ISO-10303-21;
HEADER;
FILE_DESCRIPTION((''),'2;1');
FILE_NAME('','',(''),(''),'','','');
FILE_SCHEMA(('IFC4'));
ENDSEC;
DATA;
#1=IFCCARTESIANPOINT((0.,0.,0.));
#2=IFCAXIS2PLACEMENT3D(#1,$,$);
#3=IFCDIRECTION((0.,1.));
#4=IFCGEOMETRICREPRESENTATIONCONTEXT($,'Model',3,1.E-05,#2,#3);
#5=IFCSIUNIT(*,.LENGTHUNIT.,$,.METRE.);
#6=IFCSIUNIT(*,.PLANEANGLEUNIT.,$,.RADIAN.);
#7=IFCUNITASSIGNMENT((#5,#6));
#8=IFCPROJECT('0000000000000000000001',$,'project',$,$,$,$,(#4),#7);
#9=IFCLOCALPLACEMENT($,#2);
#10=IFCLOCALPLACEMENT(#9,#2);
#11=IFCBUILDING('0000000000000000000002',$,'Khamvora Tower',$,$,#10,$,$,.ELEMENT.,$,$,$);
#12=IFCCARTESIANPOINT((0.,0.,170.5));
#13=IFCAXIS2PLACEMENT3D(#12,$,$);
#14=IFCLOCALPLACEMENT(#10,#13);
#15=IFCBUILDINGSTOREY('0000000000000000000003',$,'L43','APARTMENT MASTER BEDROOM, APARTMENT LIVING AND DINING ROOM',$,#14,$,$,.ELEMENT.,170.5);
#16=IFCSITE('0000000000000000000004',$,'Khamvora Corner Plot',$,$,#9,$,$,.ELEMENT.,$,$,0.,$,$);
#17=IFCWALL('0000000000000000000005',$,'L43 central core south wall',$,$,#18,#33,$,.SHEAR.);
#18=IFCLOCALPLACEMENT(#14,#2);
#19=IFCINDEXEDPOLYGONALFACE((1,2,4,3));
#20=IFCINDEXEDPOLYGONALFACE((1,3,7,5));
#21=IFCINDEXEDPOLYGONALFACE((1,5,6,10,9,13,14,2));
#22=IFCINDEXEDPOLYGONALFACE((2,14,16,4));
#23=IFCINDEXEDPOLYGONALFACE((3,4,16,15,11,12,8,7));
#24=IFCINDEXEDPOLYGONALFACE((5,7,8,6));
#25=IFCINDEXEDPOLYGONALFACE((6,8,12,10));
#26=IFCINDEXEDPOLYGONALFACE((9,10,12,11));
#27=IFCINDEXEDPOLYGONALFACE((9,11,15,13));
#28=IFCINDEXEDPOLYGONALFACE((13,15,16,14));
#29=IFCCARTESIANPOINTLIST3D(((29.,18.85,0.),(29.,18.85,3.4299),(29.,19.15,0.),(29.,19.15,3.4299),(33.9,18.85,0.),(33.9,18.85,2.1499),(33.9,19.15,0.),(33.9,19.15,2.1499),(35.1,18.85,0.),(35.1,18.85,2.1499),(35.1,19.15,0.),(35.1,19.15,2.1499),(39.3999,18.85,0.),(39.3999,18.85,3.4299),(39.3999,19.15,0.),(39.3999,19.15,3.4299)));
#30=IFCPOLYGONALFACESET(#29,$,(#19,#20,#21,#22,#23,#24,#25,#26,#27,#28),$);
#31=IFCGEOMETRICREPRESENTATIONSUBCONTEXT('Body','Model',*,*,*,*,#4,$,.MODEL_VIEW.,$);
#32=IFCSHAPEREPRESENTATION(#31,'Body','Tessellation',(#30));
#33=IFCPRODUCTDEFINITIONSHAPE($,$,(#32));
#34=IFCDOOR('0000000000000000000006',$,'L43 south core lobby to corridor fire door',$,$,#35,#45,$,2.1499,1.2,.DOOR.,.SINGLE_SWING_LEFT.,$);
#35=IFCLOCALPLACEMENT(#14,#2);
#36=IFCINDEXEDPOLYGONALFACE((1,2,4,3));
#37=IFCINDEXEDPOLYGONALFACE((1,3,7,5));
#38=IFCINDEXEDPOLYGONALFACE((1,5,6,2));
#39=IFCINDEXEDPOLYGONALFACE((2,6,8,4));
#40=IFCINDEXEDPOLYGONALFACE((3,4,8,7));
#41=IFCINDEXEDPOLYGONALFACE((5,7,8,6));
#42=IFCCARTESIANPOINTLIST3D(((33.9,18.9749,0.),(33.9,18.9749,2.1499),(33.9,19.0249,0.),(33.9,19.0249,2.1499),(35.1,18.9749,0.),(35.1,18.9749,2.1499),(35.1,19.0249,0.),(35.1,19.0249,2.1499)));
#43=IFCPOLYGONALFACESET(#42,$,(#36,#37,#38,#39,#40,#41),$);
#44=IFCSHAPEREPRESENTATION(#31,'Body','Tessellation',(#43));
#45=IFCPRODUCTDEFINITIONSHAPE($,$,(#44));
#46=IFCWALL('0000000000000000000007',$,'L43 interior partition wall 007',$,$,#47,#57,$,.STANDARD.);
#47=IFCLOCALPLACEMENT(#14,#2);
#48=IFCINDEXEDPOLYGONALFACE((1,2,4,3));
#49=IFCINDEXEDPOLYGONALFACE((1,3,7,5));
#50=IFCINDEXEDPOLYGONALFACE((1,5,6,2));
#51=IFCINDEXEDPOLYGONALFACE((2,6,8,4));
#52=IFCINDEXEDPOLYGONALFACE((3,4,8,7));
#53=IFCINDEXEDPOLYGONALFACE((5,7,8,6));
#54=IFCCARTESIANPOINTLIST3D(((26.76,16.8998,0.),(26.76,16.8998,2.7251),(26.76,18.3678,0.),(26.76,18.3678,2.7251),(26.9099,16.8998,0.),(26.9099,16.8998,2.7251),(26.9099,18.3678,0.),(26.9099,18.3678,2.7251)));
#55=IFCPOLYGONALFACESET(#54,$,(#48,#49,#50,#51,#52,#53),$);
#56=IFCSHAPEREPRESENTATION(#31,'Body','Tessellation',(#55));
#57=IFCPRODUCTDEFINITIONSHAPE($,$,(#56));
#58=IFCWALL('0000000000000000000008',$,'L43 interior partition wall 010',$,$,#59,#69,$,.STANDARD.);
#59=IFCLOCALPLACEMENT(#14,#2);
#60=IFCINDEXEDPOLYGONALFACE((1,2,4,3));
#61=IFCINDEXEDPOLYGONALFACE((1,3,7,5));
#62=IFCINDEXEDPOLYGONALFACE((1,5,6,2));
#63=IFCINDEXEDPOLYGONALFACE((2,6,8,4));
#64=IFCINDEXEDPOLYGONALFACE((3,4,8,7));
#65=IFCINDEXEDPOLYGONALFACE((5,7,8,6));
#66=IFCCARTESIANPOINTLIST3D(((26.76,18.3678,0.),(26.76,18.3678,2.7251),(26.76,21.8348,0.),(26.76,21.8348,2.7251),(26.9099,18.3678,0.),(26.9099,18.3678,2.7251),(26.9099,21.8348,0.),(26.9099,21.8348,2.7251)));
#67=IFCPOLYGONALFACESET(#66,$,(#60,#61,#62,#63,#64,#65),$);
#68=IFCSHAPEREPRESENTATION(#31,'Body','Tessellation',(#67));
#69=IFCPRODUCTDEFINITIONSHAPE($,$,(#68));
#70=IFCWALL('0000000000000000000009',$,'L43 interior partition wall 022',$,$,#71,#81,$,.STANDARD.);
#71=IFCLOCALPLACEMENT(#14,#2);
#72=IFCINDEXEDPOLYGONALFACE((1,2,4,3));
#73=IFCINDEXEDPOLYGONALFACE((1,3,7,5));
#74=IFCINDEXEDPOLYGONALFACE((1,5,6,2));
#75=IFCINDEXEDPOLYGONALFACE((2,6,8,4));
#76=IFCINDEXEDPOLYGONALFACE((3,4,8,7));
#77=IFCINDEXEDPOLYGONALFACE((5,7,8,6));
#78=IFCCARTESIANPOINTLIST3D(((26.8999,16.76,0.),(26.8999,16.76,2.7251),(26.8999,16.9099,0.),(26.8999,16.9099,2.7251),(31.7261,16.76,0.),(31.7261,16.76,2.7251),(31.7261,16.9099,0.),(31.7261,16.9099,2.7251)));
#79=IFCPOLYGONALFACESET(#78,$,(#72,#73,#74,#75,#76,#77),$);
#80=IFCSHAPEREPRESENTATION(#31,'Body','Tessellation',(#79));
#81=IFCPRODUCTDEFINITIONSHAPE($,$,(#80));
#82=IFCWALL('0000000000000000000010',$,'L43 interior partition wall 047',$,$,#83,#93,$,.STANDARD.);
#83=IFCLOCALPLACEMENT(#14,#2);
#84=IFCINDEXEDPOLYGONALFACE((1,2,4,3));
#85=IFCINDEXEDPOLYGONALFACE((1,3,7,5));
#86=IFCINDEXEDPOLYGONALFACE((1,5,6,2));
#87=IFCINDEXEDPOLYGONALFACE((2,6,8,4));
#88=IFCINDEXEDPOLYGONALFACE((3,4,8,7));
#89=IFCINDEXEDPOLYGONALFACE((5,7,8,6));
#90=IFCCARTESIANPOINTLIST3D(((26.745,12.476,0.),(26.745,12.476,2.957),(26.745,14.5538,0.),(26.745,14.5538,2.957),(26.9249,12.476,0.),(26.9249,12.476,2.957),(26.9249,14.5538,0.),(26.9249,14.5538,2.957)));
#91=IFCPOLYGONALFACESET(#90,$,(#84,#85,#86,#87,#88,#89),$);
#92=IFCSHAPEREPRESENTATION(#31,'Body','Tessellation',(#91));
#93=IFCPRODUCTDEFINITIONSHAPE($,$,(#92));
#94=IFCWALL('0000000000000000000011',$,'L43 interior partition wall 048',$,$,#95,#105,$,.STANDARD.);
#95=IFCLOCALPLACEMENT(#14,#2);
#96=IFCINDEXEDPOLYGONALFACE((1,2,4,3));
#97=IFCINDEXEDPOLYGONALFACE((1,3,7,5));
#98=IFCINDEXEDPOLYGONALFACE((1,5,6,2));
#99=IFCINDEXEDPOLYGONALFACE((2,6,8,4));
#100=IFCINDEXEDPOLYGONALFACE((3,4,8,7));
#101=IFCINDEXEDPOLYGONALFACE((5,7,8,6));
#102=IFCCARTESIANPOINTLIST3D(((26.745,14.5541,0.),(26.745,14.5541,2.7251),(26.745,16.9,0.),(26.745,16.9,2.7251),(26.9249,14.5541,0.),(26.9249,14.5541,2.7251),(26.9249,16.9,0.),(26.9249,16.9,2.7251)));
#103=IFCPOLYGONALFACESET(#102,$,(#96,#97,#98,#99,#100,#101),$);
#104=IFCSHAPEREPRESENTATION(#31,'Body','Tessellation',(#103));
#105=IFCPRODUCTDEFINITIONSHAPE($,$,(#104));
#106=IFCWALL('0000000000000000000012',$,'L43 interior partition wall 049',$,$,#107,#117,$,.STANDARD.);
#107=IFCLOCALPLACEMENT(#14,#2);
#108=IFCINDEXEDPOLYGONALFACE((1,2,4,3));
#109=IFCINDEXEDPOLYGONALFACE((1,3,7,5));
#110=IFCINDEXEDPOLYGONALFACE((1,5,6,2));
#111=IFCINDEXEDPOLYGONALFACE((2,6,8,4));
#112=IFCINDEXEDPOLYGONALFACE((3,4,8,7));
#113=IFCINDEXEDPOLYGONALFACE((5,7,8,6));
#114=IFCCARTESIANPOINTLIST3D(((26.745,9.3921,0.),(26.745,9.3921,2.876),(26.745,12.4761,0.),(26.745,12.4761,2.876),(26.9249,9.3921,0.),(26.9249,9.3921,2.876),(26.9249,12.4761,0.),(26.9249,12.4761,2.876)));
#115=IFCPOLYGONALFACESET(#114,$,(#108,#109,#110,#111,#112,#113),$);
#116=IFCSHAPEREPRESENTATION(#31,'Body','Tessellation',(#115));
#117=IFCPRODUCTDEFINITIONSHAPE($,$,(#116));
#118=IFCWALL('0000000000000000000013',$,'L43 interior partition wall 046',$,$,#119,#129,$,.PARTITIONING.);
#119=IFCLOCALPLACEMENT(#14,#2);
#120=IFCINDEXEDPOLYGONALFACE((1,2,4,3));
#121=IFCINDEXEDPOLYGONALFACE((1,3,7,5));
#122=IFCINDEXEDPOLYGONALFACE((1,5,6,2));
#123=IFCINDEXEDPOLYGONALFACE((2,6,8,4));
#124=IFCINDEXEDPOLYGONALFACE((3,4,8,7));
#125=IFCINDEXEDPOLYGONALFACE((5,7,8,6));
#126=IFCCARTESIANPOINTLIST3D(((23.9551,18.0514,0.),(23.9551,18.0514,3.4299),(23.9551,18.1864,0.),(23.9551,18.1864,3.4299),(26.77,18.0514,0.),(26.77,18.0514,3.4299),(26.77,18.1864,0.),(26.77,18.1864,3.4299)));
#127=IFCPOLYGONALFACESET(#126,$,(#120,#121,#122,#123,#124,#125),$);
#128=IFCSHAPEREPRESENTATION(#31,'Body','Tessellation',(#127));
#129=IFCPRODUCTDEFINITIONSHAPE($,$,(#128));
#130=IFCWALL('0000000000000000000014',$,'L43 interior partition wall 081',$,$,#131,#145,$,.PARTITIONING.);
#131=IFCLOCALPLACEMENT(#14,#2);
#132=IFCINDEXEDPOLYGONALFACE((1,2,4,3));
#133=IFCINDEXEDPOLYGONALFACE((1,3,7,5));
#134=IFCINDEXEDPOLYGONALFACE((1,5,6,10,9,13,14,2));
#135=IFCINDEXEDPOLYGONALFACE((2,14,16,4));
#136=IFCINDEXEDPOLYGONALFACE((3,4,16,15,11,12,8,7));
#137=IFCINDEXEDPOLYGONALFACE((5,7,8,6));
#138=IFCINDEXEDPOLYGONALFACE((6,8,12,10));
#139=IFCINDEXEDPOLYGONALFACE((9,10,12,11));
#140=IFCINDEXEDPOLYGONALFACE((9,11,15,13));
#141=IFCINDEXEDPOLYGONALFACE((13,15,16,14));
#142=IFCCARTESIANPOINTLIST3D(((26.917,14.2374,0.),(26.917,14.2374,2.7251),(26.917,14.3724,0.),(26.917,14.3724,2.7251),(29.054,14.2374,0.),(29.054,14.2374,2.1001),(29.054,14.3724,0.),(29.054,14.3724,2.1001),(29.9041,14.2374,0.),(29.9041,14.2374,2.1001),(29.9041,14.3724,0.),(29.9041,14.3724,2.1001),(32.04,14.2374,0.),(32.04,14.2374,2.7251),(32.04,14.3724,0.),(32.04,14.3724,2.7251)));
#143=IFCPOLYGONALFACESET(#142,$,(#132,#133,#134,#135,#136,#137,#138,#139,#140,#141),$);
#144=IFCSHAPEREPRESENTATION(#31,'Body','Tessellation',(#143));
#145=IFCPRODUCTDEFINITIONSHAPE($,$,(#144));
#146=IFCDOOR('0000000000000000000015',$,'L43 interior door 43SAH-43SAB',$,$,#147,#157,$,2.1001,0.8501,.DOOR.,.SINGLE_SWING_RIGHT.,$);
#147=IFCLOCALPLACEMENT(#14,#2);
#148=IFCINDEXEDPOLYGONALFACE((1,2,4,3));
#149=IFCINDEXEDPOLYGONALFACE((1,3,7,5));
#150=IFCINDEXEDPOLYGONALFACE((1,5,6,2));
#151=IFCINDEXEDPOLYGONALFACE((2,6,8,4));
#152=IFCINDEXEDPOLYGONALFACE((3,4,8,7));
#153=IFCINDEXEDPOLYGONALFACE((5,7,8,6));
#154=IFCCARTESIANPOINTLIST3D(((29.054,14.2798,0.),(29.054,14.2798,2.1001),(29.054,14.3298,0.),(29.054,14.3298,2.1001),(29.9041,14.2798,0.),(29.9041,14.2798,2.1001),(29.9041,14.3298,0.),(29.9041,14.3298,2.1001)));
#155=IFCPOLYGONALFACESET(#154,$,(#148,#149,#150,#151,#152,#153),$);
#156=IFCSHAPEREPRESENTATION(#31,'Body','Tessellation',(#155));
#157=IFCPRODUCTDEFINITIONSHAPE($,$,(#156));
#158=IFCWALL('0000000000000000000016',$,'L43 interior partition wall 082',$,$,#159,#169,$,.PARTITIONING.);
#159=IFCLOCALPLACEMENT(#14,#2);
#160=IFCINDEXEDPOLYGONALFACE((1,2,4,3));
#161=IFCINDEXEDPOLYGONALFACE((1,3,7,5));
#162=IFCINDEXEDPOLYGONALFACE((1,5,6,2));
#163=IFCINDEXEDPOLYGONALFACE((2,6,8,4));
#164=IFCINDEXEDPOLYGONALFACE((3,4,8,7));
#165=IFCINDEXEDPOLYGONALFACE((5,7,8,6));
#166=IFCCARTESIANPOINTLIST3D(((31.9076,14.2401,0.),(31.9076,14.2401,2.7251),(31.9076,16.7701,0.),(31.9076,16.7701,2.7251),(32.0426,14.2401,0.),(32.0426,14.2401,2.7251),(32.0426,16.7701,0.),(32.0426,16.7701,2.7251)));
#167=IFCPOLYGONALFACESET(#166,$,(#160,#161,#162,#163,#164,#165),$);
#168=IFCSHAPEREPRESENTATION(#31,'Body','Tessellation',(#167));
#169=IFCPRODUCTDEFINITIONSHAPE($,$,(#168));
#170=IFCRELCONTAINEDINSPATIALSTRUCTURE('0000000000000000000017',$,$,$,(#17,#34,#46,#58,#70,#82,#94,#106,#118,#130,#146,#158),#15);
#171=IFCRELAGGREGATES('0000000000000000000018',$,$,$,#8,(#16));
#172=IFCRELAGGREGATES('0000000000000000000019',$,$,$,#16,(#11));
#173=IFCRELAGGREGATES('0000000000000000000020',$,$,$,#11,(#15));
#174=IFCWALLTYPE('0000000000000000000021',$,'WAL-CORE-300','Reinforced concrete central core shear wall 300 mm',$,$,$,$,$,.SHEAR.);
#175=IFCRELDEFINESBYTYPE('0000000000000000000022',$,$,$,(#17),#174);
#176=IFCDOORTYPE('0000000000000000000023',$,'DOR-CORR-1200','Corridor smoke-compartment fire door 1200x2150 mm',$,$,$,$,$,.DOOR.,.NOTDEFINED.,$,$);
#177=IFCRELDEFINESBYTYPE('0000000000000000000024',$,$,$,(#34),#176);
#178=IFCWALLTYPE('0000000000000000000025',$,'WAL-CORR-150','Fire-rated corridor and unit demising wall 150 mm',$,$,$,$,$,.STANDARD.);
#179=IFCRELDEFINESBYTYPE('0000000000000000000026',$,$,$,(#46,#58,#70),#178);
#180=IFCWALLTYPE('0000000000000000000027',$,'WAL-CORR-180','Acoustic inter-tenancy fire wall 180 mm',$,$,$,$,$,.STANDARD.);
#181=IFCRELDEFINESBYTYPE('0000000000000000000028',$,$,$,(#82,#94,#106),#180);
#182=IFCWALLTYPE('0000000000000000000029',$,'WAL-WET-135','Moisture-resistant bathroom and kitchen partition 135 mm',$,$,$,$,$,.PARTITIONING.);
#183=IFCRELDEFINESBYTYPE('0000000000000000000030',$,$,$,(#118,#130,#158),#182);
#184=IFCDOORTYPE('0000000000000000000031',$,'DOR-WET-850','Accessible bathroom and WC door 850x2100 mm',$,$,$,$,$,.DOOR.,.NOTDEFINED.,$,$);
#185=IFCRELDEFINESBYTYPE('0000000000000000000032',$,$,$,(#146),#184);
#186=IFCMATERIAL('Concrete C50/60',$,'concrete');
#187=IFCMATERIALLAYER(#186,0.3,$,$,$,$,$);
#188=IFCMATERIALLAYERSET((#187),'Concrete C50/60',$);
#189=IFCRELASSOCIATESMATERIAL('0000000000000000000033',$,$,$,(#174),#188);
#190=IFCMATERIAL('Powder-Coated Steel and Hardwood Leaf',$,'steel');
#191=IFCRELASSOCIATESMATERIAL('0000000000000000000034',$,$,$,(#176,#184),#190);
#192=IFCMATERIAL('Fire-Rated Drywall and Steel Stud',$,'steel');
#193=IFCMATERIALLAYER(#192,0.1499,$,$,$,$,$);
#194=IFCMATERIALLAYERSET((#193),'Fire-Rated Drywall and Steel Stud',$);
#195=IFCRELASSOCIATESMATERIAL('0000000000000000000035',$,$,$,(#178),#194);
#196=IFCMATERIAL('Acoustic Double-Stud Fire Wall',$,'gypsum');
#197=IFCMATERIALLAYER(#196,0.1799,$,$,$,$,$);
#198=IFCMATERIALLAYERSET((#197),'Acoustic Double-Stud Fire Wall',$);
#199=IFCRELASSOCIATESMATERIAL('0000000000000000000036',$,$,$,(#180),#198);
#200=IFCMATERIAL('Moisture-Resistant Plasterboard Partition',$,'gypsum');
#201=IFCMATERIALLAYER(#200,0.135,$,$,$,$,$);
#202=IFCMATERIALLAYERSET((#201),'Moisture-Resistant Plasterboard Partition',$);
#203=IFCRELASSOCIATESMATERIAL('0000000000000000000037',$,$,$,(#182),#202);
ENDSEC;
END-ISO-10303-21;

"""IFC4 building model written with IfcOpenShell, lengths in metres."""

from ifc_helpers import new_model, si_unit, direction, frame, frame_2d, origin, place, context, subcontext, project, spatial, rectangle, extrude, material, layer, layer_set, type_object, element, fill, save


model = new_model("IFC4")

# Units and contexts
model_context = context("Model", 3, precision=1e-05, world=origin(), true_north=direction((0.0, 1.0)))
body_context = subcontext(model_context, "Body", "Model", "MODEL_VIEW")
ifc_project = project(units=[si_unit("LENGTHUNIT", "METRE"), si_unit("PLANEANGLEUNIT", "RADIAN")], contexts=[model_context])

# Site, building, storey
site_placement = place(None, origin())
site = spatial("IfcSite", under=ifc_project, at=site_placement, Name="Khamvora Corner Plot", CompositionType="ELEMENT", RefElevation=0.0)
building_placement = place(site_placement, origin())
building = spatial("IfcBuilding", under=site, at=building_placement, Name="Khamvora Tower", CompositionType="ELEMENT")
storey_placement = place(building_placement, frame((0.0, 0.0, 170.5)))
storey = spatial("IfcBuildingStorey", under=building, at=storey_placement, Name="L43", Description="APARTMENT MASTER BEDROOM, APARTMENT LIVING AND DINING ROOM", CompositionType="ELEMENT", Elevation=170.5)

# Shared definitions
ifc_material_1 = material(Name="Concrete C50/60", Category="concrete")
ifc_layer_1 = layer(ifc_material_1, 0.3)
ifc_layer_set_1 = layer_set([ifc_layer_1], Name="Concrete C50/60")
wall_type_1 = type_object("IfcWallType", Name="WAL-CORE-300", Description="Reinforced concrete central core shear wall 300 mm", PredefinedType="SHEAR", material=ifc_layer_set_1)

# Wall, opening, door
wall_1_placement = place(storey_placement, frame((29.0, 19.0, 0.0), z_axis=(0.0, 0.0, 1.0), x_axis=(1.0, 0.0, 0.0)))
wall_1 = element("IfcWall", 1, at=wall_1_placement, inside=storey, type_object=wall_type_1, Name="L43 central core south wall", PredefinedType="SHEAR", context=body_context, shape_type="SweptSolid", body=[
    extrude(rectangle(XDim=10.3999, YDim=0.3, at=frame_2d((5.2, 0.0))), origin(), (0.0, 0.0, 1.0), 3.4299),
])
opening_1_placement = place(wall_1_placement, frame((4.8999, 0.0, 0.0)))
opening_1 = element("IfcOpeningElement", 2, at=opening_1_placement, cuts=wall_1, PredefinedType="OPENING", context=body_context, shape_type="SweptSolid", body=[
    extrude(rectangle(XDim=1.2, YDim=2.1499, at=frame_2d((0.6001, 1.075))), frame((0.0, 0.1599, 0.0), z_axis=(0.0, -1.0, 0.0), x_axis=(1.0, 0.0, 0.0)), (0.0, 0.0, 1.0), 0.3201),
])
ifc_material_2 = material(Name="Powder-Coated Steel and Hardwood Leaf", Category="steel")
door_type_1 = type_object("IfcDoorType", Name="DOR-CORR-1200", Description="Corridor smoke-compartment fire door 1200x2150 mm", OperationType="NOTDEFINED", PredefinedType="DOOR", material=ifc_material_2)
door_1_placement = place(opening_1_placement, origin())
door_1 = element("IfcDoor", 3, at=door_1_placement, inside=storey, type_object=door_type_1, Name="L43 south core lobby to corridor fire door", OperationType="SINGLE_SWING_LEFT", OverallHeight=2.1499, OverallWidth=1.2, PredefinedType="DOOR", context=body_context, shape_type="SweptSolid", body=[
    extrude(rectangle(XDim=1.2, YDim=2.1499, at=frame_2d((0.6001, 1.075))), frame((0.0, 0.0249, 0.0), z_axis=(0.0, -1.0, 0.0), x_axis=(1.0, 0.0, 0.0)), (0.0, 0.0, 1.0), 0.05),
])
fill(opening_1, door_1)

# Walls
ifc_material_3 = material(Name="Fire-Rated Drywall and Steel Stud", Category="steel")
ifc_layer_2 = layer(ifc_material_3, 0.1499)
ifc_layer_set_2 = layer_set([ifc_layer_2], Name="Fire-Rated Drywall and Steel Stud")
wall_type_2 = type_object("IfcWallType", Name="WAL-CORR-150", Description="Fire-rated corridor and unit demising wall 150 mm", PredefinedType="STANDARD", material=ifc_layer_set_2)
wall_2_placement = place(storey_placement, frame((26.835, 16.8999, 0.0), z_axis=(0.0, 0.0, 1.0), x_axis=(0.0, 1.0, 0.0)))
element("IfcWall", 4, at=wall_2_placement, inside=storey, type_object=wall_type_2, Name="L43 interior partition wall 007", PredefinedType="STANDARD", context=body_context, shape_type="SweptSolid", body=[
    extrude(rectangle(XDim=1.468, YDim=0.1499, at=frame_2d((0.7339, 0.0))), origin(), (0.0, 0.0, 1.0), 2.7251),
])
wall_3_placement = place(storey_placement, frame((26.835, 18.3679, 0.0), z_axis=(0.0, 0.0, 1.0), x_axis=(0.0, 1.0, 0.0)))
element("IfcWall", 5, at=wall_3_placement, inside=storey, type_object=wall_type_2, Name="L43 interior partition wall 010", PredefinedType="STANDARD", context=body_context, shape_type="SweptSolid", body=[
    extrude(rectangle(XDim=3.467, YDim=0.1499, at=frame_2d((1.7334, 0.0))), origin(), (0.0, 0.0, 1.0), 2.7251),
])
wall_4_placement = place(storey_placement, frame((31.7261, 16.835, 0.0), z_axis=(0.0, 0.0, 1.0), x_axis=(-1.0, 0.0, 0.0)))
element("IfcWall", 6, at=wall_4_placement, inside=storey, type_object=wall_type_2, Name="L43 interior partition wall 022", PredefinedType="STANDARD", context=body_context, shape_type="SweptSolid", body=[
    extrude(rectangle(XDim=4.8262, YDim=0.1499, at=frame_2d((2.4131, 0.0))), origin(), (0.0, 0.0, 1.0), 2.7251),
])
ifc_material_4 = material(Name="Acoustic Double-Stud Fire Wall", Category="gypsum")
ifc_layer_3 = layer(ifc_material_4, 0.1799)
ifc_layer_set_3 = layer_set([ifc_layer_3], Name="Acoustic Double-Stud Fire Wall")
wall_type_3 = type_object("IfcWallType", Name="WAL-CORR-180", Description="Acoustic inter-tenancy fire wall 180 mm", PredefinedType="STANDARD", material=ifc_layer_set_3)
wall_5_placement = place(storey_placement, frame((26.835, 14.554, 0.0), z_axis=(0.0, 0.0, 1.0), x_axis=(0.0, -1.0, 0.0)))
element("IfcWall", 7, at=wall_5_placement, inside=storey, type_object=wall_type_3, Name="L43 interior partition wall 047", PredefinedType="STANDARD", context=body_context, shape_type="SweptSolid", body=[
    extrude(rectangle(XDim=2.0779, YDim=0.1799, at=frame_2d((1.0391, 0.0))), origin(), (0.0, 0.0, 1.0), 2.957),
])
wall_6_placement = place(storey_placement, frame((26.835, 16.8999, 0.0), z_axis=(0.0, 0.0, 1.0), x_axis=(0.0, -1.0, 0.0)))
element("IfcWall", 8, at=wall_6_placement, inside=storey, type_object=wall_type_3, Name="L43 interior partition wall 048", PredefinedType="STANDARD", context=body_context, shape_type="SweptSolid", body=[
    extrude(rectangle(XDim=2.3459, YDim=0.1799, at=frame_2d((1.1729, 0.0))), origin(), (0.0, 0.0, 1.0), 2.7251),
])
wall_7_placement = place(storey_placement, frame((26.835, 12.4761, 0.0), z_axis=(0.0, 0.0, 1.0), x_axis=(0.0, -1.0, 0.0)))
element("IfcWall", 9, at=wall_7_placement, inside=storey, type_object=wall_type_3, Name="L43 interior partition wall 049", PredefinedType="STANDARD", context=body_context, shape_type="SweptSolid", body=[
    extrude(rectangle(XDim=3.084, YDim=0.1799, at=frame_2d((1.542, 0.0))), origin(), (0.0, 0.0, 1.0), 2.876),
])
ifc_material_5 = material(Name="Moisture-Resistant Plasterboard Partition", Category="gypsum")
ifc_layer_4 = layer(ifc_material_5, 0.135)
ifc_layer_set_4 = layer_set([ifc_layer_4], Name="Moisture-Resistant Plasterboard Partition")
wall_type_4 = type_object("IfcWallType", Name="WAL-WET-135", Description="Moisture-resistant bathroom and kitchen partition 135 mm", PredefinedType="PARTITIONING", material=ifc_layer_set_4)
wall_8_placement = place(storey_placement, frame((23.9551, 18.1189, 0.0), z_axis=(0.0, 0.0, 1.0), x_axis=(1.0, 0.0, 0.0)))
element("IfcWall", 10, at=wall_8_placement, inside=storey, type_object=wall_type_4, Name="L43 interior partition wall 046", PredefinedType="PARTITIONING", context=body_context, shape_type="SweptSolid", body=[
    extrude(rectangle(XDim=2.8149, YDim=0.135, at=frame_2d((1.4075, 0.0))), origin(), (0.0, 0.0, 1.0), 3.4299),
])

# Wall, opening, door
wall_9_placement = place(storey_placement, frame((26.917, 14.3049, 0.0), z_axis=(0.0, 0.0, 1.0), x_axis=(1.0, 0.0, 0.0)))
wall_9 = element("IfcWall", 11, at=wall_9_placement, inside=storey, type_object=wall_type_4, Name="L43 interior partition wall 081", PredefinedType="PARTITIONING", context=body_context, shape_type="SweptSolid", body=[
    extrude(rectangle(XDim=5.123, YDim=0.135, at=frame_2d((2.5615, 0.0))), origin(), (0.0, 0.0, 1.0), 2.7251),
])
opening_2_placement = place(wall_9_placement, frame((2.137, 0.0, 0.0)))
opening_2 = element("IfcOpeningElement", 12, at=opening_2_placement, cuts=wall_9, PredefinedType="OPENING", context=body_context, shape_type="SweptSolid", body=[
    extrude(rectangle(XDim=0.8501, YDim=2.1001, at=frame_2d((0.425, 1.05))), frame((0.0, 0.0774, 0.0), z_axis=(0.0, -1.0, 0.0), x_axis=(1.0, 0.0, 0.0)), (0.0, 0.0, 1.0), 0.155),
])
door_type_2 = type_object("IfcDoorType", Name="DOR-WET-850", Description="Accessible bathroom and WC door 850x2100 mm", OperationType="NOTDEFINED", PredefinedType="DOOR", material=ifc_material_2)
door_2_placement = place(opening_2_placement, origin())
door_2 = element("IfcDoor", 13, at=door_2_placement, inside=storey, type_object=door_type_2, Name="L43 interior door 43SAH-43SAB", OperationType="SINGLE_SWING_RIGHT", OverallHeight=2.1001, OverallWidth=0.8501, PredefinedType="DOOR", context=body_context, shape_type="SweptSolid", body=[
    extrude(rectangle(XDim=0.8501, YDim=2.1001, at=frame_2d((0.425, 1.05))), frame((0.0, 0.0249, 0.0), z_axis=(0.0, -1.0, 0.0), x_axis=(1.0, 0.0, 0.0)), (0.0, 0.0, 1.0), 0.05),
])
fill(opening_2, door_2)

# Wall
wall_10_placement = place(storey_placement, frame((31.9751, 14.24, 0.0), z_axis=(0.0, 0.0, 1.0), x_axis=(0.0, 1.0, 0.0)))
element("IfcWall", 14, at=wall_10_placement, inside=storey, type_object=wall_type_4, Name="L43 interior partition wall 082", PredefinedType="PARTITIONING", context=body_context, shape_type="SweptSolid", body=[
    extrude(rectangle(XDim=2.53, YDim=0.135, at=frame_2d((1.2651, 0.0))), origin(), (0.0, 0.0, 1.0), 2.7251),
])

save(model, "model.ifc")
